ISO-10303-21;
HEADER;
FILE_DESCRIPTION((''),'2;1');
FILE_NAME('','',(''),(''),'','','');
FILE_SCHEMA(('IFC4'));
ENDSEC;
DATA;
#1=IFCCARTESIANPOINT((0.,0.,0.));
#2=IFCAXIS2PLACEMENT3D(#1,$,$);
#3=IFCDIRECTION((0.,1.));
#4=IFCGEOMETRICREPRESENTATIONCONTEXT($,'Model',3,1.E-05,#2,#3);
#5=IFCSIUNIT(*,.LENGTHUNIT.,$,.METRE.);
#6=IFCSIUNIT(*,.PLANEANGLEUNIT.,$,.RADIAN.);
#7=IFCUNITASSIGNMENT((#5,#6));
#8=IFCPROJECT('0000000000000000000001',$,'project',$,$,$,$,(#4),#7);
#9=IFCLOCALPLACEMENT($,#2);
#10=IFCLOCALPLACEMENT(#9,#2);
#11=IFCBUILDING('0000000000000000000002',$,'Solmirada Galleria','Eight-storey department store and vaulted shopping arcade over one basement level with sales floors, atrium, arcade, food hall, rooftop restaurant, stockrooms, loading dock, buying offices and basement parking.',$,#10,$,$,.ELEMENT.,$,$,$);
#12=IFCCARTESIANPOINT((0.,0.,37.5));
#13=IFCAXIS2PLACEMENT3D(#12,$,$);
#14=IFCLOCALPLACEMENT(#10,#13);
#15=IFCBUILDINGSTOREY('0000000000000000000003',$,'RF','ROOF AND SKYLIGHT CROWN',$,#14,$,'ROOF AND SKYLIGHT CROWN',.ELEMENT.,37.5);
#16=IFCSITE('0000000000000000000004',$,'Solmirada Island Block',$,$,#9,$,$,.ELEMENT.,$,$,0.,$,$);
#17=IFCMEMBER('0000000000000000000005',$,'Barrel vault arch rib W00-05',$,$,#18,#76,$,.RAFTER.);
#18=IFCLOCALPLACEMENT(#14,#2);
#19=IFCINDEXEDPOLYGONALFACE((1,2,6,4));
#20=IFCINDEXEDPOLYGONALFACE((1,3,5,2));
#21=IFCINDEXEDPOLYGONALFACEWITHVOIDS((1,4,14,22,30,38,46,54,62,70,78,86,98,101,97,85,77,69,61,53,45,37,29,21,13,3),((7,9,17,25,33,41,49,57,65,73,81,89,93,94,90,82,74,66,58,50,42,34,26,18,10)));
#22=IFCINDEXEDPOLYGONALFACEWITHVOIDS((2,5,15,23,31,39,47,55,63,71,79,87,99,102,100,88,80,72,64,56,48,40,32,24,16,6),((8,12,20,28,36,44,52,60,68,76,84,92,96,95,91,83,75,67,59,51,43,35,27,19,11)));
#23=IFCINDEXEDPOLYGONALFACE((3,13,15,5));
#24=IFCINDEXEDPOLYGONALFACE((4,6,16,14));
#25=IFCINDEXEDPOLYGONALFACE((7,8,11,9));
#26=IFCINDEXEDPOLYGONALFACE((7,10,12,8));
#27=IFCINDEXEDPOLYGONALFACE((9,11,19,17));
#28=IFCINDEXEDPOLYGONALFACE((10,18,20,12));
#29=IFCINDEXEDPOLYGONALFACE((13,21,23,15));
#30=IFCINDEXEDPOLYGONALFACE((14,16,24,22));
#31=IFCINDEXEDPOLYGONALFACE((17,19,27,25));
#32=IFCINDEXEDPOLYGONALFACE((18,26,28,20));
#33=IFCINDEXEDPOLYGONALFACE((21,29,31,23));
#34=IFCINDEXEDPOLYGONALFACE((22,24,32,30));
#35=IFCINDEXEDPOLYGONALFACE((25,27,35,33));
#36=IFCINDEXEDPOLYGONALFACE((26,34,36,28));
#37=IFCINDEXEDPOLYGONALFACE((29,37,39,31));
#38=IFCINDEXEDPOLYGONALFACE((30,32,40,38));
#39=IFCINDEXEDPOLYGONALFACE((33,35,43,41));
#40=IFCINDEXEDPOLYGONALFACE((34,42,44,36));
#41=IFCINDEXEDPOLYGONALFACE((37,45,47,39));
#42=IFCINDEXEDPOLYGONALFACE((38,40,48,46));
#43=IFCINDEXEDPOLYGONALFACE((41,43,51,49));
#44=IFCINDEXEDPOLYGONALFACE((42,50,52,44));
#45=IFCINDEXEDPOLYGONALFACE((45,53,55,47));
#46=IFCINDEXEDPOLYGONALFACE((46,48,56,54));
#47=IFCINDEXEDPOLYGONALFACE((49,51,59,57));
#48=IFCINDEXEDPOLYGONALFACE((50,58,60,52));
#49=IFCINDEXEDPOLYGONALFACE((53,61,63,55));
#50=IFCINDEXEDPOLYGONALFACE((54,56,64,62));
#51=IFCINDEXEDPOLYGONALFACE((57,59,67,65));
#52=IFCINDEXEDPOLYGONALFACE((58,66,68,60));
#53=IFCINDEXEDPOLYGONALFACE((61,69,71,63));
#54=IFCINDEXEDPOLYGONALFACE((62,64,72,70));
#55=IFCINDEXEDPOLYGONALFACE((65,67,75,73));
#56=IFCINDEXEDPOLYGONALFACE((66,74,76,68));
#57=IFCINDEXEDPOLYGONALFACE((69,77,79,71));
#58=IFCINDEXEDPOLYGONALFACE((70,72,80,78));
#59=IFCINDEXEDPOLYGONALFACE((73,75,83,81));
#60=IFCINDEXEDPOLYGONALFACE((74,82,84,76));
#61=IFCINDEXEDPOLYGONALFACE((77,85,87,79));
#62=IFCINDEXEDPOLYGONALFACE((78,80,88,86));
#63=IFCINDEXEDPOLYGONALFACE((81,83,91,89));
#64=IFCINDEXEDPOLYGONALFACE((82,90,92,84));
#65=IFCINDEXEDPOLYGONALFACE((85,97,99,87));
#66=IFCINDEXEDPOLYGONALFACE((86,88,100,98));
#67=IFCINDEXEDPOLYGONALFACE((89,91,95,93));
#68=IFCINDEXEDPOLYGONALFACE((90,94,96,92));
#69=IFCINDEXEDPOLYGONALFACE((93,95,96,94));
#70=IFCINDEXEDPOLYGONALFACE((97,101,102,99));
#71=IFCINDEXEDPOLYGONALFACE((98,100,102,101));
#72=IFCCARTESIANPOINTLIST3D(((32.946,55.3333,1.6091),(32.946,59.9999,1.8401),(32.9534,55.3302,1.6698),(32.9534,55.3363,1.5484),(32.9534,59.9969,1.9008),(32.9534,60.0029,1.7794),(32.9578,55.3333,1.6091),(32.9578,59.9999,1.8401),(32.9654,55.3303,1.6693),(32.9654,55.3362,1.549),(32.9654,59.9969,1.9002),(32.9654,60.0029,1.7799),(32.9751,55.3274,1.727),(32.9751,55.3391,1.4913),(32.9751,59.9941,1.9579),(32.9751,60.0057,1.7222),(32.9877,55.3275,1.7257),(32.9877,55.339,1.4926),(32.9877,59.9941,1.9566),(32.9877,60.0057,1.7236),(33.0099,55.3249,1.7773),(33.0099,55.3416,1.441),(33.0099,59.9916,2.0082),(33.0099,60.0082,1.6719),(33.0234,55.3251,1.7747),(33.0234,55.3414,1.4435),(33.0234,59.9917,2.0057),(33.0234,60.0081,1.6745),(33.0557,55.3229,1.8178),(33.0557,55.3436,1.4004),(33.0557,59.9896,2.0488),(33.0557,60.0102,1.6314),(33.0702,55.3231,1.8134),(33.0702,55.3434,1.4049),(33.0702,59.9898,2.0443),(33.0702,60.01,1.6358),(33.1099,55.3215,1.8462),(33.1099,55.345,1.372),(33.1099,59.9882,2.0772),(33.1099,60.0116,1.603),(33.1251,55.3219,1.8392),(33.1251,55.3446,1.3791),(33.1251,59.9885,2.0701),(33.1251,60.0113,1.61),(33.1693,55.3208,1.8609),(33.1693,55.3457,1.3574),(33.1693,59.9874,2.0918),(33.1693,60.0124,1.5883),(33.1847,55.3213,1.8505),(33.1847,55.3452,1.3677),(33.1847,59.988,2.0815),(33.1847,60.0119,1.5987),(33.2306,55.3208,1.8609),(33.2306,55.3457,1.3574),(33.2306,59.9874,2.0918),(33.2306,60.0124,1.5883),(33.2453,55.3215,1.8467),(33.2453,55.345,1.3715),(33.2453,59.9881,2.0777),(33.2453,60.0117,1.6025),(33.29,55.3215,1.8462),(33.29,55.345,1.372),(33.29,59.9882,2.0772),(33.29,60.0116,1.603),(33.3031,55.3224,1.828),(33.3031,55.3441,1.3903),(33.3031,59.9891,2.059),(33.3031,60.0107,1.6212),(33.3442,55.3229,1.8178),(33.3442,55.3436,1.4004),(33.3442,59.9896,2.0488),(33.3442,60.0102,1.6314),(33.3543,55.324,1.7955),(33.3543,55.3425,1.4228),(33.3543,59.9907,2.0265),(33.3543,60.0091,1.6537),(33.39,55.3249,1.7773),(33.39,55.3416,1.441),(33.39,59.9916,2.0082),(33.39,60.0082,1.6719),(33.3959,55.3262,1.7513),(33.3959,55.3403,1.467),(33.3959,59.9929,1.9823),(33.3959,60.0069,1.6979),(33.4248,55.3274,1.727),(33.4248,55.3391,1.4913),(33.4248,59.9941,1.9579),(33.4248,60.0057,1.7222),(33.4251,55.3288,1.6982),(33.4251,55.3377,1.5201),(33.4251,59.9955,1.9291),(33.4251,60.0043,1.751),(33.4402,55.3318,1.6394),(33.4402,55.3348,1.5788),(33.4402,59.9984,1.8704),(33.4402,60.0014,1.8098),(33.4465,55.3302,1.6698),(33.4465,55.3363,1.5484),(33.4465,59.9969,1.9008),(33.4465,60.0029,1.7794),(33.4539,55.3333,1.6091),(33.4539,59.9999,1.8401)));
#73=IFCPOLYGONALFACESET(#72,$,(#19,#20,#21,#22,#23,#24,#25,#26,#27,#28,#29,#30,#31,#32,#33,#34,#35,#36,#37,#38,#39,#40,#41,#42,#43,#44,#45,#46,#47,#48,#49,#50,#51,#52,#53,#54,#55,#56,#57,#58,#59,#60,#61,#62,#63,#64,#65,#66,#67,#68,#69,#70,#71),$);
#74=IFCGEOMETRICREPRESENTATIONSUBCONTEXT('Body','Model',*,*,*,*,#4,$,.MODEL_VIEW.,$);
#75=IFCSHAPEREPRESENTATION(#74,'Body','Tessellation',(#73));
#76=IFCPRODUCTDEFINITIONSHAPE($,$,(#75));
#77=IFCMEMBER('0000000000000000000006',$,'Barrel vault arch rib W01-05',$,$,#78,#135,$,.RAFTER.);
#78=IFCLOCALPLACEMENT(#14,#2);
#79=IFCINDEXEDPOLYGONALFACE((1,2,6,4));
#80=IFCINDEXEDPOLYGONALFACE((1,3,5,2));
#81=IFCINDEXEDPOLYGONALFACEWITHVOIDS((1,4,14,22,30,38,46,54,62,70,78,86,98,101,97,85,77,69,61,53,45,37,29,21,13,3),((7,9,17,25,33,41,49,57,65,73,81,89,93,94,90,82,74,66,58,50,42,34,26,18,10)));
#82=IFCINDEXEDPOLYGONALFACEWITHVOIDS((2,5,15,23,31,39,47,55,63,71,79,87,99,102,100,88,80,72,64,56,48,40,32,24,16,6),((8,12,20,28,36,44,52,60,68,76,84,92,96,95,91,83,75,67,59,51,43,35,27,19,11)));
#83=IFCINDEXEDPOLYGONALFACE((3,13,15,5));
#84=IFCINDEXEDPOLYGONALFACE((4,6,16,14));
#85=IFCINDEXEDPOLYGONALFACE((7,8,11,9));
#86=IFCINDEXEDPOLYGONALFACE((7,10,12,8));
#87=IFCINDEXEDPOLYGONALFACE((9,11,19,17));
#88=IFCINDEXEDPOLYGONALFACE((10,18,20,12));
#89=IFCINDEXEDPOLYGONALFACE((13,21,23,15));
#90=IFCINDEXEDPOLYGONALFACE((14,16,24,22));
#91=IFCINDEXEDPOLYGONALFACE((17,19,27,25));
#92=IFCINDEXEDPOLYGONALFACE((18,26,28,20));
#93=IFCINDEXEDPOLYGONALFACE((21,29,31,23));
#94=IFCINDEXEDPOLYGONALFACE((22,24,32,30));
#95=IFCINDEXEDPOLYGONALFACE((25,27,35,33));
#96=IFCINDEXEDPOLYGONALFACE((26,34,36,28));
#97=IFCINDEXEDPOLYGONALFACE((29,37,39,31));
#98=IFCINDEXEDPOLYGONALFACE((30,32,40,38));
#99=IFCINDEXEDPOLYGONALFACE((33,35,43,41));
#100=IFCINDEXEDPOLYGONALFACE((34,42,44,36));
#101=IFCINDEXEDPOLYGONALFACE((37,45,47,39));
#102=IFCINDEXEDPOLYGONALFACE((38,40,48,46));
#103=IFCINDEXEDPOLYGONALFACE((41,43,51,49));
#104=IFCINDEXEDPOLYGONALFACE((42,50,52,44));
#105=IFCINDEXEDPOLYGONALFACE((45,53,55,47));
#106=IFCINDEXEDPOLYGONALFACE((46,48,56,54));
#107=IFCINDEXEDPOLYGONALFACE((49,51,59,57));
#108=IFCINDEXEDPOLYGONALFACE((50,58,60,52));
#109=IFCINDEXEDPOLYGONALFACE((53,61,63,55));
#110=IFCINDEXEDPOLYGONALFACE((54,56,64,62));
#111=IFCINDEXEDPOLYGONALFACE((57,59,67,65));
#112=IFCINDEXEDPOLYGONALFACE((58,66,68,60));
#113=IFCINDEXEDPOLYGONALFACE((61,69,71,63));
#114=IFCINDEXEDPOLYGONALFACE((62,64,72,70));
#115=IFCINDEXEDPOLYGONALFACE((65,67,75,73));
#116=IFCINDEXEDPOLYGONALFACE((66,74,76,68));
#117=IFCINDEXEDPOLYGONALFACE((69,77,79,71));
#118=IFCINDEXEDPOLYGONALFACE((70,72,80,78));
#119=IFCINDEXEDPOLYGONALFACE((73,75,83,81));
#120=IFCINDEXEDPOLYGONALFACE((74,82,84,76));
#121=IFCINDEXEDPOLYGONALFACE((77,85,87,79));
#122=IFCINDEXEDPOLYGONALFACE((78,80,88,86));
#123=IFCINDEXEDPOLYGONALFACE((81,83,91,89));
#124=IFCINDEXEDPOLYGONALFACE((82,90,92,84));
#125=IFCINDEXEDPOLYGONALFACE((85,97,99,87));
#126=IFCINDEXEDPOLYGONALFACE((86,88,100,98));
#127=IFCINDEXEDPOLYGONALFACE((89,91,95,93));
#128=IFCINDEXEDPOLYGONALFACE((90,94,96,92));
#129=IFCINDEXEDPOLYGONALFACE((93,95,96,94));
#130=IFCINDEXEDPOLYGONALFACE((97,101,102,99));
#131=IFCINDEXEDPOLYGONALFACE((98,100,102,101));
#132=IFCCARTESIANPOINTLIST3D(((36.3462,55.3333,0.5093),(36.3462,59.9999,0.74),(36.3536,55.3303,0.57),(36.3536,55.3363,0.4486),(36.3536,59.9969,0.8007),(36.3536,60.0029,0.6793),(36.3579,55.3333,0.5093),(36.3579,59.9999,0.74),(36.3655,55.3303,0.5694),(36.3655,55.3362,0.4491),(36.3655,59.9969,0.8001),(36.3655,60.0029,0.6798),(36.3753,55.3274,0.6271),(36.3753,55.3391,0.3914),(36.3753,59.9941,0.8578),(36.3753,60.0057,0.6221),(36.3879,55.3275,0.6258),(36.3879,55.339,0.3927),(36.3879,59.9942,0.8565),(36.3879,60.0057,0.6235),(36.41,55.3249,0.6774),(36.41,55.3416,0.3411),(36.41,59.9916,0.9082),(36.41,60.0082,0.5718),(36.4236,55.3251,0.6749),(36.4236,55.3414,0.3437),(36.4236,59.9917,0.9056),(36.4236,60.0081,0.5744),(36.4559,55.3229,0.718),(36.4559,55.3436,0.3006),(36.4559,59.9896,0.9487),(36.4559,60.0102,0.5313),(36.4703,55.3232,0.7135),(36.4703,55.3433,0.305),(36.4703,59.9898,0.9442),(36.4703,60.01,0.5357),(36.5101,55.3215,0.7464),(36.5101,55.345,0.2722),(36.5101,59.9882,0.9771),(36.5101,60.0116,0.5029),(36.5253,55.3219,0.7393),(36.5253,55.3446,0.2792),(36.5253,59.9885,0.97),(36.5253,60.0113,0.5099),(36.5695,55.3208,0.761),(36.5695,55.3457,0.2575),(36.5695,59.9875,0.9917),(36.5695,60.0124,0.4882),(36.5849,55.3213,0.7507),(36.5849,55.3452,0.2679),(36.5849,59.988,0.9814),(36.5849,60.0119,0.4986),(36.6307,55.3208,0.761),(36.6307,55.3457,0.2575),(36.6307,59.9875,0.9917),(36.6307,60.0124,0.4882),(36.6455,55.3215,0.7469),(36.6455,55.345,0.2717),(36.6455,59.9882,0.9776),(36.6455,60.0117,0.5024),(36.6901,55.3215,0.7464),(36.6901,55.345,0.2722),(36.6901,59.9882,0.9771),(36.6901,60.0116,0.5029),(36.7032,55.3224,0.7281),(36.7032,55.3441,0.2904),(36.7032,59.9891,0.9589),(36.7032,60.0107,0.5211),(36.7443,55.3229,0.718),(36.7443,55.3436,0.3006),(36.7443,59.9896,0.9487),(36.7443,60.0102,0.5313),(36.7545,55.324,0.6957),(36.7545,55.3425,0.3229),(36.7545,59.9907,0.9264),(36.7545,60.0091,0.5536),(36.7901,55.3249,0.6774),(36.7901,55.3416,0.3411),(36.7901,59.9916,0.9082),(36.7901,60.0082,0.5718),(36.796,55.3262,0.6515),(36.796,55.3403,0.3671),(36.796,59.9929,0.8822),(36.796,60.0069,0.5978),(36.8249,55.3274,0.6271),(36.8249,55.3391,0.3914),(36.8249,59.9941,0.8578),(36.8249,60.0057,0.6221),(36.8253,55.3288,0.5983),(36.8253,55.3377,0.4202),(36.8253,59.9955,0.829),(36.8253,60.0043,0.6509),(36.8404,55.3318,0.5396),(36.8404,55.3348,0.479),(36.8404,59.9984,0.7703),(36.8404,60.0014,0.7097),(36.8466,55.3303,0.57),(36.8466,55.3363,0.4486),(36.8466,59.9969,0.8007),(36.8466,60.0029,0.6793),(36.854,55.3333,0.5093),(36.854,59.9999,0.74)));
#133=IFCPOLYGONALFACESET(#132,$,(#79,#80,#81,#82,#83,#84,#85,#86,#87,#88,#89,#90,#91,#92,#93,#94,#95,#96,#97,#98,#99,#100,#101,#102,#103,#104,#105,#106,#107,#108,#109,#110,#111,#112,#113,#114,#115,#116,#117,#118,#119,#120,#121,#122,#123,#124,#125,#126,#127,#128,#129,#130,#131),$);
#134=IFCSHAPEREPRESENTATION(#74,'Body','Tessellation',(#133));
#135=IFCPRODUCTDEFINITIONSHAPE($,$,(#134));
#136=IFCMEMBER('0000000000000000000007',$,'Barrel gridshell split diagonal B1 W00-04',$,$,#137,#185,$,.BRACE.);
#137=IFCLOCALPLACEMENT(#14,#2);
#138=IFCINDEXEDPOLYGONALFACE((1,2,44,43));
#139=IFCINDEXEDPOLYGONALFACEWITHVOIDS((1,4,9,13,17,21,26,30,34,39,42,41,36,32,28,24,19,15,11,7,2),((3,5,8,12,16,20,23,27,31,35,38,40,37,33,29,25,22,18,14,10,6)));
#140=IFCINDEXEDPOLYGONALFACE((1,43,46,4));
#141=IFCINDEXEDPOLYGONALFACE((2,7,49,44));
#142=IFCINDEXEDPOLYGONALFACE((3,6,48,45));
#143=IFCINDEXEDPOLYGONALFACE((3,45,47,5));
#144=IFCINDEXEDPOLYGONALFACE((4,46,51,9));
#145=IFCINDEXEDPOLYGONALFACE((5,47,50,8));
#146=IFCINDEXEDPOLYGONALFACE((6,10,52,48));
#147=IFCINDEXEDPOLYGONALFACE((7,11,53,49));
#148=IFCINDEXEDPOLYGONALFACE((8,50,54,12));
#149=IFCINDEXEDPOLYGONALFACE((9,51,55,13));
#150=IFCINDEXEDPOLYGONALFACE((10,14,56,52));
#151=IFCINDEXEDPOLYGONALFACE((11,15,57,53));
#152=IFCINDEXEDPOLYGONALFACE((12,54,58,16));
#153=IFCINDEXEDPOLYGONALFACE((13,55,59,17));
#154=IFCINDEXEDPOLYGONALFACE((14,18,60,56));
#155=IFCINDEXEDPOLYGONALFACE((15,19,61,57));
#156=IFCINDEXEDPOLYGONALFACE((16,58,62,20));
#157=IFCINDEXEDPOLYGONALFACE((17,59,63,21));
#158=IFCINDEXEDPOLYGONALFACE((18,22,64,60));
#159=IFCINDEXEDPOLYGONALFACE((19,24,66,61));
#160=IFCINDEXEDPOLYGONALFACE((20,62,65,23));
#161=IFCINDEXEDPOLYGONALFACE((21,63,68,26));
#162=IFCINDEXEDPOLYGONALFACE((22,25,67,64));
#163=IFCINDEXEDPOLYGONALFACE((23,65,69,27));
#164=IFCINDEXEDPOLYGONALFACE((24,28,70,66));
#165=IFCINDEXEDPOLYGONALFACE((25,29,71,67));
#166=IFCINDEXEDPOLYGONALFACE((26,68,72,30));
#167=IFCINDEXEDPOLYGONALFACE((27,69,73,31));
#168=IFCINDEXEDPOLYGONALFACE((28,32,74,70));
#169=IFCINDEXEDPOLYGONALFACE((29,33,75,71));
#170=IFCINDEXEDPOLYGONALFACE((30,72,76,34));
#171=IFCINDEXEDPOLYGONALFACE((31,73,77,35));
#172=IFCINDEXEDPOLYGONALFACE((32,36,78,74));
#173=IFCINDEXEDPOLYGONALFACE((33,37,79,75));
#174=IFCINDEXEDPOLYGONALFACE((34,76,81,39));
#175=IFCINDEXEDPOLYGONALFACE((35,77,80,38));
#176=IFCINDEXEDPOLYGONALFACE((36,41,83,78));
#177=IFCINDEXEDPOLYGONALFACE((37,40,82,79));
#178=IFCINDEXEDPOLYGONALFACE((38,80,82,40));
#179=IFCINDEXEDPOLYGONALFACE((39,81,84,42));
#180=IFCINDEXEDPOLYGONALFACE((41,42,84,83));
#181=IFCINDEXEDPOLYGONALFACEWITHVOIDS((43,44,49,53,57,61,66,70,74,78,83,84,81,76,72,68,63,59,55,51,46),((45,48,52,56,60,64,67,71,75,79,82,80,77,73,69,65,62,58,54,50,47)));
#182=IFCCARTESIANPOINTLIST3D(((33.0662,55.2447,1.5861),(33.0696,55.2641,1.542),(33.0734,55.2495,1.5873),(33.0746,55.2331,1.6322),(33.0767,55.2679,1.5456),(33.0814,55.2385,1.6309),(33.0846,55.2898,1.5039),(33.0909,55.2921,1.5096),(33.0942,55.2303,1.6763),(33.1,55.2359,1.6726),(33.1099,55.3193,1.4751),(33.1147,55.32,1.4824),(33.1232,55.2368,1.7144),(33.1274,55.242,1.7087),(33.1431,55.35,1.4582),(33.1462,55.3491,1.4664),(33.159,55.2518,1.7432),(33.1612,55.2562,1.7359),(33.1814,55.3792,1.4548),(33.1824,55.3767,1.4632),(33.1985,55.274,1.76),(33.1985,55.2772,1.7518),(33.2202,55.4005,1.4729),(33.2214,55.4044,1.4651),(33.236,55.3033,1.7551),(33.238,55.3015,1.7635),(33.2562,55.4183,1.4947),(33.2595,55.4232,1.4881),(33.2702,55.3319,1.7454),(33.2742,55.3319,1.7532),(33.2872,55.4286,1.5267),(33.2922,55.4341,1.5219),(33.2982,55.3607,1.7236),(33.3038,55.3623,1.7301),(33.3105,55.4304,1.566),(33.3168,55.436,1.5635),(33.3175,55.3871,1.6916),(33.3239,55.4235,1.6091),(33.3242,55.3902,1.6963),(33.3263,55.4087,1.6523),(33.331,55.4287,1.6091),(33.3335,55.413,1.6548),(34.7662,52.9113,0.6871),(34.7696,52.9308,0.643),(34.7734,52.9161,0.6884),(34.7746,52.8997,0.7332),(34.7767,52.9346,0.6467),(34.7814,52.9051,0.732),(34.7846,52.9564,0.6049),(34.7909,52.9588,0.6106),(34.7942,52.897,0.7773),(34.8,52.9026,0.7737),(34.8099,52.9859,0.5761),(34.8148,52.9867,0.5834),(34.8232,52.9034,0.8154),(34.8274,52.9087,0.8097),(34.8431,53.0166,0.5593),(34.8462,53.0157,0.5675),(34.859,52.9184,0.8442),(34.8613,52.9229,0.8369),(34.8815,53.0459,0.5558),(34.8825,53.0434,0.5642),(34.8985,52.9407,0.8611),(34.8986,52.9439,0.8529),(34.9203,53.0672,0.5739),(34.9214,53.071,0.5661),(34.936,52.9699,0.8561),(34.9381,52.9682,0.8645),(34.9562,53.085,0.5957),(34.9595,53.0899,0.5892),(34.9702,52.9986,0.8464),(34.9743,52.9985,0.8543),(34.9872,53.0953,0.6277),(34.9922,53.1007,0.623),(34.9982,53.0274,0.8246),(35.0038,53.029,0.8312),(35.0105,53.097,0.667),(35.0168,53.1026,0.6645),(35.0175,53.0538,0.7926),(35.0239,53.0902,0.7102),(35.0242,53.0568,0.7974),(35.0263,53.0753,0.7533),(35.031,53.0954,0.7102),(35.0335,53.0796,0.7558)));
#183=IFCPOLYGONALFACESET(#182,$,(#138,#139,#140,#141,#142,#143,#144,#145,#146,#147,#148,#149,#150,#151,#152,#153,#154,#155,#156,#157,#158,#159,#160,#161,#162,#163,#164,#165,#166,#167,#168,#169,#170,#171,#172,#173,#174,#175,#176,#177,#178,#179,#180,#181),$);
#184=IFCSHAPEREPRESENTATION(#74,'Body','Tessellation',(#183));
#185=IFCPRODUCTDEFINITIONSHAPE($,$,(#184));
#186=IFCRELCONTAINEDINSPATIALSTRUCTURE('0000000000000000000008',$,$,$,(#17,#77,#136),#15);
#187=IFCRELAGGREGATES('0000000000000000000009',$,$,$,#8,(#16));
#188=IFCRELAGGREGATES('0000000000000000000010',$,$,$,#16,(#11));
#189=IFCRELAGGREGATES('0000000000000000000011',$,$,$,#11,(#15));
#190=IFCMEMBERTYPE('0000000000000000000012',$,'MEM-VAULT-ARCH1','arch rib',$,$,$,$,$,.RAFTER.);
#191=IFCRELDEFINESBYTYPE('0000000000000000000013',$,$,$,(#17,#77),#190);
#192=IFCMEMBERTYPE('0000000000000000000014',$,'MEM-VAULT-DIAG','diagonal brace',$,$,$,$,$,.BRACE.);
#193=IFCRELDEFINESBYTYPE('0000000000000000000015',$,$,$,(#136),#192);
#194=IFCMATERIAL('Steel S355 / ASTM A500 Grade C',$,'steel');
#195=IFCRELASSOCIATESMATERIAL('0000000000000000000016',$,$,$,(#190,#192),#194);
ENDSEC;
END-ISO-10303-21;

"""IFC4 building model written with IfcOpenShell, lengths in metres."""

from ifc_helpers import new_model, si_unit, direction, frame, origin, origin_2d, place, context, subcontext, project, spatial, hollow_circle, extrude, material, material_profile, profile_set, type_object, element, save


model = new_model("IFC4")

# Units and contexts
model_context = context("Model", 3, precision=1e-05, world=origin(), true_north=direction((0.0, 1.0)))
body_context = subcontext(model_context, "Body", "Model", "MODEL_VIEW")
ifc_project = project(units=[si_unit("LENGTHUNIT", "METRE"), si_unit("PLANEANGLEUNIT", "RADIAN")], contexts=[model_context])

# Site, building, storey
site_placement = place(None, origin())
site = spatial("IfcSite", under=ifc_project, at=site_placement, Name="Solmirada Island Block", CompositionType="ELEMENT", RefElevation=0.0)
building_placement = place(site_placement, origin())
building = spatial("IfcBuilding", under=site, at=building_placement, Name="Solmirada Galleria", Description="Eight-storey department store and vaulted shopping arcade over one basement level with sales floors, atrium, arcade, food hall, rooftop restaurant, stockrooms, loading dock, buying offices and basement parking.", CompositionType="ELEMENT")
storey_placement = place(building_placement, frame((0.0, 0.0, 37.5)))
storey = spatial("IfcBuildingStorey", under=building, at=storey_placement, Name="RF", Description="ROOF AND SKYLIGHT CROWN", LongName="ROOF AND SKYLIGHT CROWN", CompositionType="ELEMENT", Elevation=37.5)

# Members
ifc_material_1 = material(Name="Steel S355 / ASTM A500 Grade C", Category="steel")
ifc_material_profile_1 = material_profile(ifc_material_1, hollow_circle(Radius=0.2539, WallThickness=0.0117, at=origin_2d()), Name="HSS20.000X0.500")
ifc_profile_set_1 = profile_set([ifc_material_profile_1], Name="Steel S355 / ASTM A500 Grade C")
member_type_1 = type_object("IfcMemberType", Name="MEM-VAULT-ARCH1", Description="arch rib", PredefinedType="RAFTER", material=ifc_profile_set_1)
for number, where, z_axis, x_axis, name in (
    (1, (33.2, 55.3333, 1.6091), (0.0, 0.998778, 0.049429), (-1.0, 0.0, 0.0), "Barrel vault arch rib W00-05"),
    (2, (36.6001, 55.3333, 0.5093), (0.0, 0.99878, 0.049377), (-1.0, 0.0, 0.0), "Barrel vault arch rib W01-05"),
):
    element("IfcMember", number, at=place(storey_placement, frame(where, z_axis=z_axis, x_axis=x_axis)), inside=storey, type_object=member_type_1, Name=name, PredefinedType="RAFTER", context=body_context, shape_type="SweptSolid", body=[
        extrude(hollow_circle(Radius=0.2539, WallThickness=0.0117, at=origin_2d()), origin(), (0.0, 0.0, 1.0), 4.6724),
    ])
ifc_material_profile_2 = material_profile(ifc_material_1, hollow_circle(Radius=0.1621, WallThickness=0.0088, at=origin_2d()), Name="HSS12.750X0.375")
ifc_profile_set_2 = profile_set([ifc_material_profile_2], Name="Steel S355 / ASTM A500 Grade C")
member_type_2 = type_object("IfcMemberType", Name="MEM-VAULT-DIAG", Description="diagonal brace", PredefinedType="BRACE", material=ifc_profile_set_2)
for number, where, z_axis, x_axis, name in (
    (3, (33.2, 55.3333, 1.6091), (0.562233, -0.771688, -0.297306), (0.808235, 0.58886, 0.0), "Barrel gridshell split diagonal B1 W00-04"),
):
    element("IfcMember", number, at=place(storey_placement, frame(where, z_axis=z_axis, x_axis=x_axis)), inside=storey, type_object=member_type_2, Name=name, PredefinedType="BRACE", context=body_context, shape_type="SweptSolid", body=[
        extrude(hollow_circle(Radius=0.1621, WallThickness=0.0088, at=origin_2d()), origin(), (0.0, 0.0, 1.0), 3.0237),
    ])

save(model, "model.ifc")
